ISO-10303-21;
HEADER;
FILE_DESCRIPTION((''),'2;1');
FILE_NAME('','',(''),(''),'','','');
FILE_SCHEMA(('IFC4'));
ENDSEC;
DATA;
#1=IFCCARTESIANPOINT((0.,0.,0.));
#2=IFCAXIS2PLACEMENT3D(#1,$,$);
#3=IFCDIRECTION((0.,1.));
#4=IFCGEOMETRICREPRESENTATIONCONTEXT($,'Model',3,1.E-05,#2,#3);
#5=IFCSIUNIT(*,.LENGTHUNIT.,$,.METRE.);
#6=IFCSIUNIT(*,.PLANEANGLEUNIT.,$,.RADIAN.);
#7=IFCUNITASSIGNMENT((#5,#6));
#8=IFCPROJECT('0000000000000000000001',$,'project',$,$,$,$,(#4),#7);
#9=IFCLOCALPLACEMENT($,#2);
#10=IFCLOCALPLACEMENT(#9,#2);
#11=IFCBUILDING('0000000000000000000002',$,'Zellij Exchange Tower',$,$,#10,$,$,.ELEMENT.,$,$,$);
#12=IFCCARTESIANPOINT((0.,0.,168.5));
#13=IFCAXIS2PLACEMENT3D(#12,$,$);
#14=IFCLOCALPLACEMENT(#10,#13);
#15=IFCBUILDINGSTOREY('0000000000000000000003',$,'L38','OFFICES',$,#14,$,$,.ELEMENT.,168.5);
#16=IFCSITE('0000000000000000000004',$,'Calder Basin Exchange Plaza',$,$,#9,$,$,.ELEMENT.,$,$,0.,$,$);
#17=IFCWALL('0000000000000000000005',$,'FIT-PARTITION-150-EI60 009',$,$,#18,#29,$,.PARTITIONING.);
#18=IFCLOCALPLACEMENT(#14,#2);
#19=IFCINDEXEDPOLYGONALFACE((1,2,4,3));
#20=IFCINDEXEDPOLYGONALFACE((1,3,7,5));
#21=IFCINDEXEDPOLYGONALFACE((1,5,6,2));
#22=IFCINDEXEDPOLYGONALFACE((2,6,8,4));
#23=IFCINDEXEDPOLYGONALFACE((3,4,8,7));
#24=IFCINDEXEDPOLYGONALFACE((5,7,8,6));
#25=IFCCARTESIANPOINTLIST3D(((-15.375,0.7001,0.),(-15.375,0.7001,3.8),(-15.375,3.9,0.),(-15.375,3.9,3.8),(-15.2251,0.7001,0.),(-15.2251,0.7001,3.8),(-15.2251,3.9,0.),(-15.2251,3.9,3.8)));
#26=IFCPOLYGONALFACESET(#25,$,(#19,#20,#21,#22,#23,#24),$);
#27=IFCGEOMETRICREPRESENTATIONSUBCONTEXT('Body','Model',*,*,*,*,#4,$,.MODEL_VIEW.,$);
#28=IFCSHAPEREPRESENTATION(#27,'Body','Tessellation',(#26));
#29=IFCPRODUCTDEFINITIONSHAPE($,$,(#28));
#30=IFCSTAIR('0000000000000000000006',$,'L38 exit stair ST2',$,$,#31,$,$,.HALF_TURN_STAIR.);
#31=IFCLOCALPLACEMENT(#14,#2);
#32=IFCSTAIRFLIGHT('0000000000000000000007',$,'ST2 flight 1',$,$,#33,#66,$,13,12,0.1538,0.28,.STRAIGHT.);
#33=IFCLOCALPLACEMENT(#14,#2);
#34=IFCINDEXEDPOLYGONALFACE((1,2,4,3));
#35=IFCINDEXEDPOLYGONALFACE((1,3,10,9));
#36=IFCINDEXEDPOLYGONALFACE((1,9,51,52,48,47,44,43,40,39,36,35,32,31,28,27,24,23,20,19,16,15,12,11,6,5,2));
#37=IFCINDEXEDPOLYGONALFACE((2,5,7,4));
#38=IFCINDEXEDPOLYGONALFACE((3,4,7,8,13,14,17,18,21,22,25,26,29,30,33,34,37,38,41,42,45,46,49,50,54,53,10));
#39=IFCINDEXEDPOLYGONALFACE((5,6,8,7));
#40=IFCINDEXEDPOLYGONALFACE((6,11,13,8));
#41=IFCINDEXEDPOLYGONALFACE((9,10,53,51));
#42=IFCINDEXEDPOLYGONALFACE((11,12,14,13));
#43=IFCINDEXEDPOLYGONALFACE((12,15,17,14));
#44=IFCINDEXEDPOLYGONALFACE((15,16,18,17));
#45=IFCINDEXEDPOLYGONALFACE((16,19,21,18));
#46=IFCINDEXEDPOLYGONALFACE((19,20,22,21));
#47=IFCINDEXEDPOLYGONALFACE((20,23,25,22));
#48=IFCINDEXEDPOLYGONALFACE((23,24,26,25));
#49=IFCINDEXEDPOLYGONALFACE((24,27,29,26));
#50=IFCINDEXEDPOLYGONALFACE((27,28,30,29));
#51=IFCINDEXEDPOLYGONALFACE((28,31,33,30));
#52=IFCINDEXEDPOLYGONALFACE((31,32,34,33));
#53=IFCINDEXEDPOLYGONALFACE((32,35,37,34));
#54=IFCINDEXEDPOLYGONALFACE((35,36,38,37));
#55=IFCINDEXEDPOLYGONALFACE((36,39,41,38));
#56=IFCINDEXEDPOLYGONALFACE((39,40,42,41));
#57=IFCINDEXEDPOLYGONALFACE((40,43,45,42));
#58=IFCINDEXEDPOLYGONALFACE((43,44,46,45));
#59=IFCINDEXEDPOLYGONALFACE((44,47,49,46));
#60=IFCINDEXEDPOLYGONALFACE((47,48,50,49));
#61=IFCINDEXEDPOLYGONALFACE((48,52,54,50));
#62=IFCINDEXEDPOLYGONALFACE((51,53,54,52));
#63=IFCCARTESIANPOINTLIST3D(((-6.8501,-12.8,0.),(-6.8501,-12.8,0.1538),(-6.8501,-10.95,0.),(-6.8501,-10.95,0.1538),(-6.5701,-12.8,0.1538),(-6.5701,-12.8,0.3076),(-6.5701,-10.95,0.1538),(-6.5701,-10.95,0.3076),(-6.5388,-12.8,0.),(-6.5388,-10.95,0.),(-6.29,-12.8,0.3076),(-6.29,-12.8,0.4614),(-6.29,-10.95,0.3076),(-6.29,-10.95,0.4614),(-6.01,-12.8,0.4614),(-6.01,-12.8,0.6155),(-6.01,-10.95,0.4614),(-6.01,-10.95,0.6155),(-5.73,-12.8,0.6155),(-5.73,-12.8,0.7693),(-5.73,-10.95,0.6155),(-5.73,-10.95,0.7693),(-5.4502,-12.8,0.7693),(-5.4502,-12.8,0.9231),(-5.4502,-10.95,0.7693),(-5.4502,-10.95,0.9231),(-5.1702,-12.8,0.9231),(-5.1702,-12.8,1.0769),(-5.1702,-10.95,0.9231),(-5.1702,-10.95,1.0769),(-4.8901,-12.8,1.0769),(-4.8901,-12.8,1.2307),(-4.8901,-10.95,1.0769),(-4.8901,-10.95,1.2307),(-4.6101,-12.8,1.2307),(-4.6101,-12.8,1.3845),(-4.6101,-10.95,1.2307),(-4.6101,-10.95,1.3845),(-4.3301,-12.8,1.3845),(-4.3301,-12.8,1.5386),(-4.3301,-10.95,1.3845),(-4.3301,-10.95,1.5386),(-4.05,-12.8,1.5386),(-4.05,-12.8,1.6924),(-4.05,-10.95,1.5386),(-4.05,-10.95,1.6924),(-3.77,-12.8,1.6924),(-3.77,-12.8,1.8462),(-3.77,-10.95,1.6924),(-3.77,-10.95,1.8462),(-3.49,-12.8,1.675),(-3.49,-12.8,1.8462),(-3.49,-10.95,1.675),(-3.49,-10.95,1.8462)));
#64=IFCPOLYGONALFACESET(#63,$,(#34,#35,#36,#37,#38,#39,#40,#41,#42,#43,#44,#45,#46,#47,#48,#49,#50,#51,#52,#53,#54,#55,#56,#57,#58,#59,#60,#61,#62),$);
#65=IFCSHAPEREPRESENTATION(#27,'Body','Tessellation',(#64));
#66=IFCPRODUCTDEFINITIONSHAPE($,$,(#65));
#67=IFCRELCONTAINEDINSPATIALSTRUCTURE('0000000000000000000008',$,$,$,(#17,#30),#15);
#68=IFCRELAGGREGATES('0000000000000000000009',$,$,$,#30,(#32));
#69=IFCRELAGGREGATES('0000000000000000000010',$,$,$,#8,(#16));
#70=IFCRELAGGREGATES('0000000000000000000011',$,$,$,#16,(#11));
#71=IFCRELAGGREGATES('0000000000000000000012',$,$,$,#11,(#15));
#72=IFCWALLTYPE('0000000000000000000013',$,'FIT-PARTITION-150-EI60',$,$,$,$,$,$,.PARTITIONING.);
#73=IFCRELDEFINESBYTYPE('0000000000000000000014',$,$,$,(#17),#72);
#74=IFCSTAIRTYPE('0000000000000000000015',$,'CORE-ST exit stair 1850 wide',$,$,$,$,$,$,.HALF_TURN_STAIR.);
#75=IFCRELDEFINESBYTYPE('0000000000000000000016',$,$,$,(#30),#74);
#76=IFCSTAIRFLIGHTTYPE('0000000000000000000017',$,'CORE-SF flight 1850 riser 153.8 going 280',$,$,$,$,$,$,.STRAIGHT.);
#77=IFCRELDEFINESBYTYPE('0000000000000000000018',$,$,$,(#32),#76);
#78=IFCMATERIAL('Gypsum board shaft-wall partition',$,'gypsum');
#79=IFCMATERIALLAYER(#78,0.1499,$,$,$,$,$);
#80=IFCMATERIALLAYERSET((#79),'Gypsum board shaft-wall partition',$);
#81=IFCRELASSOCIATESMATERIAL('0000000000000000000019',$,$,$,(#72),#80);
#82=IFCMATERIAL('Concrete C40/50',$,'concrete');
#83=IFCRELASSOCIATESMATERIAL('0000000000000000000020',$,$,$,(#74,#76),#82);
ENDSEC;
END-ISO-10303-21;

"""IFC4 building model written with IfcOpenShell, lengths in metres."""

from ifc_helpers import new_model, si_unit, direction, frame, frame_2d, origin, place, context, subcontext, project, spatial, polyline, rectangle, outline, extrude, material, layer, layer_set, type_object, element, aggregate, save


model = new_model("IFC4")

# Units and contexts
model_context = context("Model", 3, precision=1e-05, world=origin(), true_north=direction((0.0, 1.0)))
body_context = subcontext(model_context, "Body", "Model", "MODEL_VIEW")
ifc_project = project(units=[si_unit("LENGTHUNIT", "METRE"), si_unit("PLANEANGLEUNIT", "RADIAN")], contexts=[model_context])

# Site, building, storey
site_placement = place(None, origin())
site = spatial("IfcSite", under=ifc_project, at=site_placement, Name="Calder Basin Exchange Plaza", CompositionType="ELEMENT", RefElevation=0.0)
building_placement = place(site_placement, origin())
building = spatial("IfcBuilding", under=site, at=building_placement, Name="Zellij Exchange Tower", CompositionType="ELEMENT")
storey_placement = place(building_placement, frame((0.0, 0.0, 168.5)))
storey = spatial("IfcBuildingStorey", under=building, at=storey_placement, Name="L38", Description="OFFICES", CompositionType="ELEMENT", Elevation=168.5)

# Wall
ifc_material_1 = material(Name="Gypsum board shaft-wall partition", Category="gypsum")
ifc_layer_1 = layer(ifc_material_1, 0.1499)
ifc_layer_set_1 = layer_set([ifc_layer_1], Name="Gypsum board shaft-wall partition")
wall_type_1 = type_object("IfcWallType", Name="FIT-PARTITION-150-EI60", PredefinedType="PARTITIONING", material=ifc_layer_set_1)
wall_1_placement = place(storey_placement, frame((-15.3, 0.7, 0.0), z_axis=(0.0, 0.0, 1.0), x_axis=(0.0, 1.0, 0.0)))
element("IfcWall", 1, at=wall_1_placement, inside=storey, type_object=wall_type_1, Name="FIT-PARTITION-150-EI60 009", PredefinedType="PARTITIONING", context=body_context, shape_type="SweptSolid", body=[
    extrude(rectangle(XDim=3.2, YDim=0.1499, at=frame_2d((1.6001, 0.0))), origin(), (0.0, 0.0, 1.0), 3.8),
])

# Stair, stair flight
ifc_material_2 = material(Name="Concrete C40/50", Category="concrete")
stair_type = type_object("IfcStairType", Name="CORE-ST exit stair 1850 wide", PredefinedType="HALF_TURN_STAIR", material=ifc_material_2)
stair_placement = place(storey_placement, origin())
stair = element("IfcStair", 2, at=stair_placement, inside=storey, type_object=stair_type, Name="L38 exit stair ST2", PredefinedType="HALF_TURN_STAIR")
stair_flight_type = type_object("IfcStairFlightType", Name="CORE-SF flight 1850 riser 153.8 going 280", PredefinedType="STRAIGHT", material=ifc_material_2)
stair_flight_placement = place(storey_placement, frame((-6.8501, -11.875, 0.0), z_axis=(0.0, 0.0, 1.0), x_axis=(1.0, 0.0, 0.0)))
stair_flight = element("IfcStairFlight", 3, at=stair_flight_placement, type_object=stair_flight_type, Name="ST2 flight 1", NumberOfRisers=13, NumberOfTreads=12, PredefinedType="STRAIGHT", RiserHeight=0.1538, TreadLength=0.28, context=body_context, shape_type="SweptSolid", body=[
    extrude(outline(polyline([(0.0, 0.0), (0.0, 0.1538), (0.28, 0.1538), (0.28, 0.3076), (0.5601, 0.3076), (0.5601, 0.4614), (0.8401, 0.4614), (0.8401, 0.6155), (1.1201, 0.6155), (1.1201, 0.7693), (1.3999, 0.7693), (1.3999, 0.9231), (1.6799, 0.9231), (1.6799, 1.0769), (1.96, 1.0769), (1.96, 1.2307), (2.24, 1.2307), (2.24, 1.3845), (2.52, 1.3845), (2.52, 1.5386), (2.8, 1.5386), (2.8, 1.6924), (3.0801, 1.6924), (3.0801, 1.8462), (3.3601, 1.8462), (3.3601, 2.0), (3.3601, 1.675), (0.3113, 0.0), (0.0, 0.0)])), frame((0.0, 0.925, 0.0), z_axis=(0.0, -1.0, 0.0), x_axis=(1.0, 0.0, 0.0)), (0.0, 0.0, 1.0), 1.8501),
])
aggregate(stair, [stair_flight])

save(model, "model.ifc")
